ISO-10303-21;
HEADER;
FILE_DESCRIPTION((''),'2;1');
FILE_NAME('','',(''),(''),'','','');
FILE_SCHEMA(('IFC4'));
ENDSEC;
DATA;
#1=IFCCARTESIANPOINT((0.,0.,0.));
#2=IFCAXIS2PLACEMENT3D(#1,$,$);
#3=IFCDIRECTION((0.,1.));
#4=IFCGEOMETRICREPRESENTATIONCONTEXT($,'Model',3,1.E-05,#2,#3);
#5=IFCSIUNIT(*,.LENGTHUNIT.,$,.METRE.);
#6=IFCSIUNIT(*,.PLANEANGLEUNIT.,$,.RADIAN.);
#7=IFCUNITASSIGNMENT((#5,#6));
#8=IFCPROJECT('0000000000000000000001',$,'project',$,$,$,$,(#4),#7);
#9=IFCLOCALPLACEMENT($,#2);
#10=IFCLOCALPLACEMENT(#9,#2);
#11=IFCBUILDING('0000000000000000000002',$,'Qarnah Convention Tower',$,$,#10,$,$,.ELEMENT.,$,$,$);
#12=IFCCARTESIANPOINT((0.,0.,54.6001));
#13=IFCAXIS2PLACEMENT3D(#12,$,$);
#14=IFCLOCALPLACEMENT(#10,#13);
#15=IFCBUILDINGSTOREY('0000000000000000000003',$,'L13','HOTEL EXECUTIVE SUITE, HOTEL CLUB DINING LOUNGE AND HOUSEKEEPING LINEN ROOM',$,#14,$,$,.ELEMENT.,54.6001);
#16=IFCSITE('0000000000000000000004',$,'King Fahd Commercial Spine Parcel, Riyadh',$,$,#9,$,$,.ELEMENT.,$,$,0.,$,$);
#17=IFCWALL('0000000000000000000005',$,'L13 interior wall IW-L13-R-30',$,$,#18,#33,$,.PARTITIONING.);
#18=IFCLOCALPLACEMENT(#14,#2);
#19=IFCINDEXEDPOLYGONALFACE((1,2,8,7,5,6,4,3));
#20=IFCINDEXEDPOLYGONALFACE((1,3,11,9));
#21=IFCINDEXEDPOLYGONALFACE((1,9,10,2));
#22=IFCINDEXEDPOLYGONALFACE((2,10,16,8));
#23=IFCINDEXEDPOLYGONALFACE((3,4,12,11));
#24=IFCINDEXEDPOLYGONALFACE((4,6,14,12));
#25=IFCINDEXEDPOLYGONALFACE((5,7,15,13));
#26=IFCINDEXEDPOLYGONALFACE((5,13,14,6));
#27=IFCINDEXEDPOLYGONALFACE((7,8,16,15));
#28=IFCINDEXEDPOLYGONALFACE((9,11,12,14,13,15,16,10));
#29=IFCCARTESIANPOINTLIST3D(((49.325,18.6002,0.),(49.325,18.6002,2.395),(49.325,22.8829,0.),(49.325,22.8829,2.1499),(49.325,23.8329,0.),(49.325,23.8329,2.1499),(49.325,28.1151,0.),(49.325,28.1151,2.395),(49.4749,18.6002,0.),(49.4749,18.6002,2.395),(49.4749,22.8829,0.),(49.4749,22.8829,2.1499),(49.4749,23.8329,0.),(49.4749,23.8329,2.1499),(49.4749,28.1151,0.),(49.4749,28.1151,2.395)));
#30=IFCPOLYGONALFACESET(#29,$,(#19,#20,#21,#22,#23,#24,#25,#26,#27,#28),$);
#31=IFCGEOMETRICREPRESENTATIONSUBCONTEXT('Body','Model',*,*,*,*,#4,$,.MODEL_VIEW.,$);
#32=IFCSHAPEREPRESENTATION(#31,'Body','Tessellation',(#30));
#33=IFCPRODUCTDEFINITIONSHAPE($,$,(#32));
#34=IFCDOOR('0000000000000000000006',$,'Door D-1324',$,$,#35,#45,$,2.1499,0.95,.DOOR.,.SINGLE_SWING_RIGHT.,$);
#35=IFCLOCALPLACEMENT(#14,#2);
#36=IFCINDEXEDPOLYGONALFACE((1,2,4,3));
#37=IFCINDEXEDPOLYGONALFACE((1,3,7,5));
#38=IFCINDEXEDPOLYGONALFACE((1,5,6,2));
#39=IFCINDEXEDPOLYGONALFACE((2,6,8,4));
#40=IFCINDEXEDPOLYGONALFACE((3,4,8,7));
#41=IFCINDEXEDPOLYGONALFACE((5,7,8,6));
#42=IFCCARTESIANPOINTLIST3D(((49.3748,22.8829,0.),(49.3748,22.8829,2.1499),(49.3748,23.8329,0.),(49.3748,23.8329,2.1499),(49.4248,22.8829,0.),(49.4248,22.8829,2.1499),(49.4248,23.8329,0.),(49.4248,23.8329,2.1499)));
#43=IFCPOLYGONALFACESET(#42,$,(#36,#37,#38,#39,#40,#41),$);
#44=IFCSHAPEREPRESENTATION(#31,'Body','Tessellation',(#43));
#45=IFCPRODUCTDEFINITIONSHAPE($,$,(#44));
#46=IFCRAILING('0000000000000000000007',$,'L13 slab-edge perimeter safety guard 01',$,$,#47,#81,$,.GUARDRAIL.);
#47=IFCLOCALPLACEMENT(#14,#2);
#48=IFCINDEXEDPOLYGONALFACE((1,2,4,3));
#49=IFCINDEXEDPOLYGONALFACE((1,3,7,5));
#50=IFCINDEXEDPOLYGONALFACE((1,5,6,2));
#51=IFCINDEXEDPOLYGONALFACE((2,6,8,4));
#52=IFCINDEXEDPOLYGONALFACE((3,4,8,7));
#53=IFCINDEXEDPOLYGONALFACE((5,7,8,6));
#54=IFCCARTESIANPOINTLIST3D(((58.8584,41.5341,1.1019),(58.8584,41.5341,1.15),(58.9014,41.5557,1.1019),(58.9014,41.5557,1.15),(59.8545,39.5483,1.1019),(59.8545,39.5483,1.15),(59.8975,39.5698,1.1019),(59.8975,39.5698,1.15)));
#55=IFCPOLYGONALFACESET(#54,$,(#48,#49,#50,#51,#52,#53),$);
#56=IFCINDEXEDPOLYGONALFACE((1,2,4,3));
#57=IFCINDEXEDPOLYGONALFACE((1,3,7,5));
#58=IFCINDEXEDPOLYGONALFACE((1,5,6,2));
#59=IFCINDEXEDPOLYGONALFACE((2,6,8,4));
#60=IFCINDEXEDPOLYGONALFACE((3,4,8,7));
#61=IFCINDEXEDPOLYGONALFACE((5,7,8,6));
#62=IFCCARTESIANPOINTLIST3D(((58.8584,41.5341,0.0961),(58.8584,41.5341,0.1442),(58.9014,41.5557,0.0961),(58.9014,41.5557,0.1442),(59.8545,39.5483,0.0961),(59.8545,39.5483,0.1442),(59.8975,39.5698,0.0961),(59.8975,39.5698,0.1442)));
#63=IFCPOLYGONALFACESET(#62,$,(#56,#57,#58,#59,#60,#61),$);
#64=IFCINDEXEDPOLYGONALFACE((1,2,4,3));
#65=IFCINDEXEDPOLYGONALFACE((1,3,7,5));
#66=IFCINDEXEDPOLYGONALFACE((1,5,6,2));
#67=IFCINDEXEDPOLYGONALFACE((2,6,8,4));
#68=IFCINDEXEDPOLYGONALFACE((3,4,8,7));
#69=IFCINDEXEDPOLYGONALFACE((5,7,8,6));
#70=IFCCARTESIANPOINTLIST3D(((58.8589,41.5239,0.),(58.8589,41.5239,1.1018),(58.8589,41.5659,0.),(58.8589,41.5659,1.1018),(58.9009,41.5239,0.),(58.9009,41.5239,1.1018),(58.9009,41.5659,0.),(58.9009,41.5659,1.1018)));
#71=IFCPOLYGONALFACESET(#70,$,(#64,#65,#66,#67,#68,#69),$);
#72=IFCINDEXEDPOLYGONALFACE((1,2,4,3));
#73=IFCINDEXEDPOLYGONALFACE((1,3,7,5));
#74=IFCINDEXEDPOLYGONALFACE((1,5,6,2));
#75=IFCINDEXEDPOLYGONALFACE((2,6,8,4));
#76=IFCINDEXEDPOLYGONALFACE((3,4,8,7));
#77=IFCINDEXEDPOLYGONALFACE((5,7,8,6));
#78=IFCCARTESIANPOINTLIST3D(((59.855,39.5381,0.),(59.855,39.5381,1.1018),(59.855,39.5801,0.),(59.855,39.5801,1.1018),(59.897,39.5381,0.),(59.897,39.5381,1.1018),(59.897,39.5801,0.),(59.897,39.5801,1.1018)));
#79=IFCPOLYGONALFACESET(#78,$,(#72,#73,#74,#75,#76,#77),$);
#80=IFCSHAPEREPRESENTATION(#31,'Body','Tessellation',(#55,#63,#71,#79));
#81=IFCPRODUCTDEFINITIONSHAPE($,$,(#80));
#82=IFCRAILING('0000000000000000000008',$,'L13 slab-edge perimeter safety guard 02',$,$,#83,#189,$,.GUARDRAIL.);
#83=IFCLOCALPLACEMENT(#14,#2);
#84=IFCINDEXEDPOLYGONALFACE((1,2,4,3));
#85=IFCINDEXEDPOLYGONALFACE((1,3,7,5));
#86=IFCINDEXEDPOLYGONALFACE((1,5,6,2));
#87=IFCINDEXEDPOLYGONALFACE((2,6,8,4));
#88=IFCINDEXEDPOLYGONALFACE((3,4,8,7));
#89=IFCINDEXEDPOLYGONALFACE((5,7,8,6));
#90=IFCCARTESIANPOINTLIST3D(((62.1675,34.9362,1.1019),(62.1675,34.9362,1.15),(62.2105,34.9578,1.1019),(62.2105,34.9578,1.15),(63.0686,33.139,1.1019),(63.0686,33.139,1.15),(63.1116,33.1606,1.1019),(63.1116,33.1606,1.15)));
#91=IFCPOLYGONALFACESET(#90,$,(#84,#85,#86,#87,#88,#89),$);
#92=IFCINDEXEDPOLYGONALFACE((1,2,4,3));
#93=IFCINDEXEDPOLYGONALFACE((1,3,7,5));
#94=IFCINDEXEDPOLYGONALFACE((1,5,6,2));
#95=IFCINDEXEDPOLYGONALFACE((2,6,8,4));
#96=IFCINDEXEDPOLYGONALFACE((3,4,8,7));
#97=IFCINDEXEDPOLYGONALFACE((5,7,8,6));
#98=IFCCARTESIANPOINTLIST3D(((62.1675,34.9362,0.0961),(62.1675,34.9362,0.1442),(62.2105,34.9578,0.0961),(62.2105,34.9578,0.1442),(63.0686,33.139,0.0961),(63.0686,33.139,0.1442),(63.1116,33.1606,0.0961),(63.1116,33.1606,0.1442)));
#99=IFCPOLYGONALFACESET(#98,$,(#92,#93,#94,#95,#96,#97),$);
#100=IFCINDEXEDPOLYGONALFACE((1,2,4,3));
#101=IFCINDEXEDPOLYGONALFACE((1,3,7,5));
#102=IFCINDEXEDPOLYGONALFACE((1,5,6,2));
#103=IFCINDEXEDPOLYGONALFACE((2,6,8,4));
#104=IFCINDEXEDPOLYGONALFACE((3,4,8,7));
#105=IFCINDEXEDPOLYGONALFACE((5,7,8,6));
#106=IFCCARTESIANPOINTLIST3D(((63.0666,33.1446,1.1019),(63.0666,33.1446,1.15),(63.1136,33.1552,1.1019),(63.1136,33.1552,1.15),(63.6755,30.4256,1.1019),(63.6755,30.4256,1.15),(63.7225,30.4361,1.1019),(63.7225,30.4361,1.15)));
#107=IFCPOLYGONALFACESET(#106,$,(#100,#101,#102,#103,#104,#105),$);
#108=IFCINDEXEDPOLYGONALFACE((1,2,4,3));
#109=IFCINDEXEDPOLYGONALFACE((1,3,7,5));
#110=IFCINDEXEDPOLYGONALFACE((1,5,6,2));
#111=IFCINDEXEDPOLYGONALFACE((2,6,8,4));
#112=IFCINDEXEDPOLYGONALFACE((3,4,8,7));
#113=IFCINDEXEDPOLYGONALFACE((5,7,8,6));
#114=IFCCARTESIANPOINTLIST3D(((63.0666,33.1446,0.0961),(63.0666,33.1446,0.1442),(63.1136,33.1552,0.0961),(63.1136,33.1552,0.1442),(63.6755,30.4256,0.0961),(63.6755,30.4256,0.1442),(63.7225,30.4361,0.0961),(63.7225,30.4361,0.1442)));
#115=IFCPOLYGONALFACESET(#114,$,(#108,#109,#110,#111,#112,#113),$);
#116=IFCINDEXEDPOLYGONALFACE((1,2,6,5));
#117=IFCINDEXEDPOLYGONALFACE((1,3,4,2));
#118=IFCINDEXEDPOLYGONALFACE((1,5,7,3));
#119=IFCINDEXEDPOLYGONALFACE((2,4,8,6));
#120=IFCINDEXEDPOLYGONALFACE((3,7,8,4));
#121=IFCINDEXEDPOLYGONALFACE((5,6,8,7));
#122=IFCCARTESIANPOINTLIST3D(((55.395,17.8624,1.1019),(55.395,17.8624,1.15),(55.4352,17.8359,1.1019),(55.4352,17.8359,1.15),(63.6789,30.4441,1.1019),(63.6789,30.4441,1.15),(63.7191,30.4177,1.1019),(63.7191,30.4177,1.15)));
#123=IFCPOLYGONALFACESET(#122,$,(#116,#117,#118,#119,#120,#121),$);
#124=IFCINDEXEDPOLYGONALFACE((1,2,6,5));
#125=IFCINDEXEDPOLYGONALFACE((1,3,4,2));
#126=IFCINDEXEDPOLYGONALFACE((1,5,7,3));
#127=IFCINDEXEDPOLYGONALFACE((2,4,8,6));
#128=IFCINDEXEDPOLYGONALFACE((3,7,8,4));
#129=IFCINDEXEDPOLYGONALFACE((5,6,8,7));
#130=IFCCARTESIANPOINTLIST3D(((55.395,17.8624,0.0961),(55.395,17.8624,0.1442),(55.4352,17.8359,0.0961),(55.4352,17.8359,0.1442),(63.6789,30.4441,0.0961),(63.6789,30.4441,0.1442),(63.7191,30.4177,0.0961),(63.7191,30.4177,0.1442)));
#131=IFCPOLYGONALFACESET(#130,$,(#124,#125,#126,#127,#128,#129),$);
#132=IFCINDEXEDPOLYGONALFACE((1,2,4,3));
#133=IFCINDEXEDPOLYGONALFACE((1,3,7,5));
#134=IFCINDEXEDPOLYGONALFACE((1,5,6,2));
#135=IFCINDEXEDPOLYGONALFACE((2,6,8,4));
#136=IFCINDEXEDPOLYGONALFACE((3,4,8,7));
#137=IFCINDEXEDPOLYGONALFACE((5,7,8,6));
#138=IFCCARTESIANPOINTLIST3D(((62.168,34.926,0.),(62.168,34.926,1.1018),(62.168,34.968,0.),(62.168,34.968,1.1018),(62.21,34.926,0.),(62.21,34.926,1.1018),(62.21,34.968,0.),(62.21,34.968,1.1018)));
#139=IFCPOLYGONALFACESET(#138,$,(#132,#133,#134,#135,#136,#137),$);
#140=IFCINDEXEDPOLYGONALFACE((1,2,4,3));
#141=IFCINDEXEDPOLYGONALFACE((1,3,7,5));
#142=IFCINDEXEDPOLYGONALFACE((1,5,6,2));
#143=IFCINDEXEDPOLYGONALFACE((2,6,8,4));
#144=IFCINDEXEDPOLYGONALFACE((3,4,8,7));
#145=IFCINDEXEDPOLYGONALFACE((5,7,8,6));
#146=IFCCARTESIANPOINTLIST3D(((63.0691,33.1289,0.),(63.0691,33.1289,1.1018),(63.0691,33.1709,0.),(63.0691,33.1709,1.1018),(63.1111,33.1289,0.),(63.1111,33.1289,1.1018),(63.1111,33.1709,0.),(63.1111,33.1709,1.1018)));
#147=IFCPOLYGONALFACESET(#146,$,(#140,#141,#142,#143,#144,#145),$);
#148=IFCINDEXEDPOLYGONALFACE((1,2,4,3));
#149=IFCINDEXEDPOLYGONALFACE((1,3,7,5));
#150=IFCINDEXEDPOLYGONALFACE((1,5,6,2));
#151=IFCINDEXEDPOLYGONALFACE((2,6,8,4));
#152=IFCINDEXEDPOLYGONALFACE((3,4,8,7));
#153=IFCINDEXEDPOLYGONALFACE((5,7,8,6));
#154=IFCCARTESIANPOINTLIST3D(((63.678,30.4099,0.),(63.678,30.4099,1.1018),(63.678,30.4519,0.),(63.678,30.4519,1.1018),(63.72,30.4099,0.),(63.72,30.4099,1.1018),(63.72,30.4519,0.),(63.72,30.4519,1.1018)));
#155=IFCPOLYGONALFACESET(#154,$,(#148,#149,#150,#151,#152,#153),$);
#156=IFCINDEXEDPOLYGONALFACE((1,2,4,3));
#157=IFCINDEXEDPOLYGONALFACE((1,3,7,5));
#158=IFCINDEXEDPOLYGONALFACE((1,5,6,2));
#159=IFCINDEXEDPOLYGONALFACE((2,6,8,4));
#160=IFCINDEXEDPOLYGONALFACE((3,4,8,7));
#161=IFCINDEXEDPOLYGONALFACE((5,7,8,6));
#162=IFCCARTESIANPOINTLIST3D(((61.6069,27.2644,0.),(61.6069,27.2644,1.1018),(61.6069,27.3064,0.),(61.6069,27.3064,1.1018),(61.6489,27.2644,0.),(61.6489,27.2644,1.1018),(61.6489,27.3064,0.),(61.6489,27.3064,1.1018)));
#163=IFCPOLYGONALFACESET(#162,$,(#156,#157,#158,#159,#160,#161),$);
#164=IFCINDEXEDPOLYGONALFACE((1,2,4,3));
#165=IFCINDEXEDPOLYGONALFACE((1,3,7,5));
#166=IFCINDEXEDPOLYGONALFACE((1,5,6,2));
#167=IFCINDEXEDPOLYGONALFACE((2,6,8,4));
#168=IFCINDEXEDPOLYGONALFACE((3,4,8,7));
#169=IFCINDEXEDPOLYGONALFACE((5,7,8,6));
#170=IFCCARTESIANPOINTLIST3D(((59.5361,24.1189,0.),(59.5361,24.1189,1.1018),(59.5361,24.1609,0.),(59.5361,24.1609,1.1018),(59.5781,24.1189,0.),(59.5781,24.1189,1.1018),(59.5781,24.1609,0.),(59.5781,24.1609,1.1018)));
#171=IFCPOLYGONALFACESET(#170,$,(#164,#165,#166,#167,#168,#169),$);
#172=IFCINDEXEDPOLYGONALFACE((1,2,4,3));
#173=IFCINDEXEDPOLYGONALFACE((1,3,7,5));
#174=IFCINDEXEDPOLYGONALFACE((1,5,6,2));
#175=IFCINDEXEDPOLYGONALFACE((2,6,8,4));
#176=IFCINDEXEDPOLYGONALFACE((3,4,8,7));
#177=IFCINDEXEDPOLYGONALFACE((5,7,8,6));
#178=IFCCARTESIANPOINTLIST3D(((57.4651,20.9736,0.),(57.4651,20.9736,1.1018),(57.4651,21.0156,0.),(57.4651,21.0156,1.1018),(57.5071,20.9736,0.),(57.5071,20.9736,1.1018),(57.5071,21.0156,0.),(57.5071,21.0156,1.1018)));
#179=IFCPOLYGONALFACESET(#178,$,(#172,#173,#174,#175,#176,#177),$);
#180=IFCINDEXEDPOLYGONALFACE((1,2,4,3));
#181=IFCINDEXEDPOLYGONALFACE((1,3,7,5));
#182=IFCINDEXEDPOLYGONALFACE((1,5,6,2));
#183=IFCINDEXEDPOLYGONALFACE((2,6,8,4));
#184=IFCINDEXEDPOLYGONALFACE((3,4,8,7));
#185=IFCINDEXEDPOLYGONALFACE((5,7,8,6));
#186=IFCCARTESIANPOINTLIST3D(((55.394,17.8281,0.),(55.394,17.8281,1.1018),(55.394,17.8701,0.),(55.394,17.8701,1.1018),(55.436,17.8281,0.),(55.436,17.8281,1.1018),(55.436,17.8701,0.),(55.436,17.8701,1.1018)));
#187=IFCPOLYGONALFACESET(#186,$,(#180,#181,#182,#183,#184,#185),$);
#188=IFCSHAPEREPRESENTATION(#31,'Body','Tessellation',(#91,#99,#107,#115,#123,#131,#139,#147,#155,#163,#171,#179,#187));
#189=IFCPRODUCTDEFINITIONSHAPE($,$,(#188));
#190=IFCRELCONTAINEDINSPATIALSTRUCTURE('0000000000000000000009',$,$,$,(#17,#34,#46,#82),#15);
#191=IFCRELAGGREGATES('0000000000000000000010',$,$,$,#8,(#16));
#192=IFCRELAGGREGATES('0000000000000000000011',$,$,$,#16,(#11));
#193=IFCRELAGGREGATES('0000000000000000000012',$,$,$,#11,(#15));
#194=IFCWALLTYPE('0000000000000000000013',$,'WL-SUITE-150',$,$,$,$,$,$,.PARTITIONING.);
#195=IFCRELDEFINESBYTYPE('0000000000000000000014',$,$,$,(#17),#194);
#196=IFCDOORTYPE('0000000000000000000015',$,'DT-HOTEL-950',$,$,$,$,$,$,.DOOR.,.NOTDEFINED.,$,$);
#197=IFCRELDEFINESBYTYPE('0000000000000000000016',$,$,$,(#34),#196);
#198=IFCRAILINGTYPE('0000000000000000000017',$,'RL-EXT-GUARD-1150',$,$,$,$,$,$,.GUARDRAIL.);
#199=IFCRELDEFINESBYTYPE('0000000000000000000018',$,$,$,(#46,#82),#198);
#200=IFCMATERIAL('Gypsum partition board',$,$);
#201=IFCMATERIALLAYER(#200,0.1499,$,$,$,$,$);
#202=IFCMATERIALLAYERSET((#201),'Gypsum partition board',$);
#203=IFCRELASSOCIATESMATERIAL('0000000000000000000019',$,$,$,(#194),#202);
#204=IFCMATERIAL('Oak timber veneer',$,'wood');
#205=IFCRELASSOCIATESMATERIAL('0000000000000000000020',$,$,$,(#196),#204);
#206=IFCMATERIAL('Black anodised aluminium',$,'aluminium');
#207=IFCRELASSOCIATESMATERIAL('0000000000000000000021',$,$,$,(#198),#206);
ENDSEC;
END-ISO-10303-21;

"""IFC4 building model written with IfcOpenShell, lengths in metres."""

from ifc_helpers import new_model, si_unit, direction, frame, frame_2d, origin, origin_2d, place, context, subcontext, project, spatial, rectangle, extrude, material, layer, layer_set, type_object, element, fill, save


model = new_model("IFC4")

# Units and contexts
model_context = context("Model", 3, precision=1e-05, world=origin(), true_north=direction((0.0, 1.0)))
body_context = subcontext(model_context, "Body", "Model", "MODEL_VIEW")
ifc_project = project(units=[si_unit("LENGTHUNIT", "METRE"), si_unit("PLANEANGLEUNIT", "RADIAN")], contexts=[model_context])

# Site, building, storey
site_placement = place(None, origin())
site = spatial("IfcSite", under=ifc_project, at=site_placement, Name="King Fahd Commercial Spine Parcel, Riyadh", CompositionType="ELEMENT", RefElevation=0.0)
building_placement = place(site_placement, origin())
building = spatial("IfcBuilding", under=site, at=building_placement, Name="Qarnah Convention Tower", CompositionType="ELEMENT")
storey_placement = place(building_placement, frame((0.0, 0.0, 54.6001)))
storey = spatial("IfcBuildingStorey", under=building, at=storey_placement, Name="L13", Description="HOTEL EXECUTIVE SUITE, HOTEL CLUB DINING LOUNGE AND HOUSEKEEPING LINEN ROOM", CompositionType="ELEMENT", Elevation=54.6001)

# Shared definitions
ifc_material_1 = material(Name="Black anodised aluminium", Category="aluminium")

# Shared definitions
ifc_material_2 = material(Name="Gypsum partition board")
ifc_layer_1 = layer(ifc_material_2, 0.1499)
ifc_layer_set_1 = layer_set([ifc_layer_1], Name="Gypsum partition board")
wall_type_1 = type_object("IfcWallType", Name="WL-SUITE-150", PredefinedType="PARTITIONING", material=ifc_layer_set_1)

# Wall, opening, door
wall_1_placement = place(storey_placement, frame((49.3999, 28.115, 0.0), z_axis=(0.0, 0.0, 1.0), x_axis=(0.0, -1.0, 0.0)))
wall_1 = element("IfcWall", 1, at=wall_1_placement, inside=storey, type_object=wall_type_1, Name="L13 interior wall IW-L13-R-30", PredefinedType="PARTITIONING", context=body_context, shape_type="SweptSolid", body=[
    extrude(rectangle(XDim=9.5149, YDim=0.1499, at=frame_2d((4.7573, 0.0))), origin(), (0.0, 0.0, 1.0), 2.395),
])
opening_1_placement = place(wall_1_placement, frame((4.282, 0.0, 0.0)))
opening_1 = element("IfcOpeningElement", 2, at=opening_1_placement, cuts=wall_1, PredefinedType="OPENING", context=body_context, shape_type="SweptSolid", body=[
    extrude(rectangle(XDim=0.95, YDim=2.1499, at=frame_2d((0.4751, 1.075))), frame((0.0, 0.085, 0.0), z_axis=(0.0, -1.0, 0.0), x_axis=(1.0, 0.0, 0.0)), (0.0, 0.0, 1.0), 0.1699),
])
ifc_material_3 = material(Name="Oak timber veneer", Category="wood")
door_type_1 = type_object("IfcDoorType", Name="DT-HOTEL-950", OperationType="NOTDEFINED", PredefinedType="DOOR", material=ifc_material_3)
door_1_placement = place(opening_1_placement, origin())
door_1 = element("IfcDoor", 3, at=door_1_placement, inside=storey, type_object=door_type_1, Name="Door D-1324", OperationType="SINGLE_SWING_RIGHT", OverallHeight=2.1499, OverallWidth=0.95, PredefinedType="DOOR", context=body_context, shape_type="SweptSolid", body=[
    extrude(rectangle(XDim=0.95, YDim=2.1499, at=frame_2d((0.4751, 1.075))), frame((0.0, 0.0249, 0.0), z_axis=(0.0, -1.0, 0.0), x_axis=(1.0, 0.0, 0.0)), (0.0, 0.0, 1.0), 0.05),
])
fill(opening_1, door_1)

# Railings
railing_type = type_object("IfcRailingType", Name="RL-EXT-GUARD-1150", PredefinedType="GUARDRAIL", material=ifc_material_1)
railing_1_placement = place(storey_placement, frame((58.8799, 41.5449, 0.0)))
element("IfcRailing", 4, at=railing_1_placement, inside=storey, type_object=railing_type, Name="L13 slab-edge perimeter safety guard 01", PredefinedType="GUARDRAIL", context=body_context, shape_type="SweptSolid", body=[
    extrude(rectangle(XDim=0.0481, YDim=0.0481, at=origin_2d()), frame((0.0, 0.0, 1.126), z_axis=(0.448356, -0.893855, 0.0), x_axis=(0.893855, 0.448356, 0.0)), (0.0, 0.0, 1.0), 2.2217),
    extrude(rectangle(XDim=0.0481, YDim=0.0481, at=origin_2d()), frame((0.0, 0.0, 0.1201), z_axis=(0.448356, -0.893855, 0.0), x_axis=(0.893855, 0.448356, 0.0)), (0.0, 0.0, 1.0), 2.2217),
    extrude(rectangle(XDim=0.042, YDim=0.042, at=origin_2d()), origin(), (0.0, 0.0, 1.0), 1.1018),
    extrude(rectangle(XDim=0.042, YDim=0.042, at=origin_2d()), frame((0.9961, -1.9858, 0.0)), (0.0, 0.0, 1.0), 1.1018),
])
railing_2_placement = place(storey_placement, frame((62.189, 34.947, 0.0)))
element("IfcRailing", 5, at=railing_2_placement, inside=storey, type_object=railing_type, Name="L13 slab-edge perimeter safety guard 02", PredefinedType="GUARDRAIL", context=body_context, shape_type="SweptSolid", body=[
    extrude(rectangle(XDim=0.0481, YDim=0.0481, at=origin_2d()), frame((0.0, 0.0, 1.126), z_axis=(0.448233, -0.893917, 0.0), x_axis=(0.893917, 0.448233, 0.0)), (0.0, 0.0, 1.0), 2.0105),
    extrude(rectangle(XDim=0.0481, YDim=0.0481, at=origin_2d()), frame((0.0, 0.0, 0.1201), z_axis=(0.448233, -0.893917, 0.0), x_axis=(0.893917, 0.448233, 0.0)), (0.0, 0.0, 1.0), 2.0105),
    extrude(rectangle(XDim=0.0481, YDim=0.0481, at=origin_2d()), frame((0.9011, -1.7971, 1.126), z_axis=(0.218526, -0.975831, 0.0), x_axis=(0.975831, 0.218526, 0.0)), (0.0, 0.0, 1.0), 2.7864),
    extrude(rectangle(XDim=0.0481, YDim=0.0481, at=origin_2d()), frame((0.9011, -1.7971, 0.1201), z_axis=(0.218526, -0.975831, 0.0), x_axis=(0.975831, 0.218526, 0.0)), (0.0, 0.0, 1.0), 2.7864),
    extrude(rectangle(XDim=0.0481, YDim=0.0481, at=origin_2d()), frame((1.51, -4.5161, 1.126), z_axis=(-0.549915, -0.835221, 0.0), x_axis=(0.835221, -0.549915, 0.0)), (0.0, 0.0, 1.0), 15.064),
    extrude(rectangle(XDim=0.0481, YDim=0.0481, at=origin_2d()), frame((1.51, -4.5161, 0.1201), z_axis=(-0.549915, -0.835221, 0.0), x_axis=(0.835221, -0.549915, 0.0)), (0.0, 0.0, 1.0), 15.064),
    extrude(rectangle(XDim=0.042, YDim=0.042, at=origin_2d()), origin(), (0.0, 0.0, 1.0), 1.1018),
    extrude(rectangle(XDim=0.042, YDim=0.042, at=origin_2d()), frame((0.9011, -1.7971, 0.0)), (0.0, 0.0, 1.0), 1.1018),
    extrude(rectangle(XDim=0.042, YDim=0.042, at=origin_2d()), frame((1.51, -4.5161, 0.0)), (0.0, 0.0, 1.0), 1.1018),
    extrude(rectangle(XDim=0.042, YDim=0.042, at=origin_2d()), frame((-0.561, -7.6616, 0.0)), (0.0, 0.0, 1.0), 1.1018),
    extrude(rectangle(XDim=0.042, YDim=0.042, at=origin_2d()), frame((-2.6318, -10.8071, 0.0)), (0.0, 0.0, 1.0), 1.1018),
    extrude(rectangle(XDim=0.042, YDim=0.042, at=origin_2d()), frame((-4.7029, -13.9524, 0.0)), (0.0, 0.0, 1.0), 1.1018),
    extrude(rectangle(XDim=0.042, YDim=0.042, at=origin_2d()), frame((-6.7739, -17.0979, 0.0)), (0.0, 0.0, 1.0), 1.1018),
])

save(model, "model.ifc")
